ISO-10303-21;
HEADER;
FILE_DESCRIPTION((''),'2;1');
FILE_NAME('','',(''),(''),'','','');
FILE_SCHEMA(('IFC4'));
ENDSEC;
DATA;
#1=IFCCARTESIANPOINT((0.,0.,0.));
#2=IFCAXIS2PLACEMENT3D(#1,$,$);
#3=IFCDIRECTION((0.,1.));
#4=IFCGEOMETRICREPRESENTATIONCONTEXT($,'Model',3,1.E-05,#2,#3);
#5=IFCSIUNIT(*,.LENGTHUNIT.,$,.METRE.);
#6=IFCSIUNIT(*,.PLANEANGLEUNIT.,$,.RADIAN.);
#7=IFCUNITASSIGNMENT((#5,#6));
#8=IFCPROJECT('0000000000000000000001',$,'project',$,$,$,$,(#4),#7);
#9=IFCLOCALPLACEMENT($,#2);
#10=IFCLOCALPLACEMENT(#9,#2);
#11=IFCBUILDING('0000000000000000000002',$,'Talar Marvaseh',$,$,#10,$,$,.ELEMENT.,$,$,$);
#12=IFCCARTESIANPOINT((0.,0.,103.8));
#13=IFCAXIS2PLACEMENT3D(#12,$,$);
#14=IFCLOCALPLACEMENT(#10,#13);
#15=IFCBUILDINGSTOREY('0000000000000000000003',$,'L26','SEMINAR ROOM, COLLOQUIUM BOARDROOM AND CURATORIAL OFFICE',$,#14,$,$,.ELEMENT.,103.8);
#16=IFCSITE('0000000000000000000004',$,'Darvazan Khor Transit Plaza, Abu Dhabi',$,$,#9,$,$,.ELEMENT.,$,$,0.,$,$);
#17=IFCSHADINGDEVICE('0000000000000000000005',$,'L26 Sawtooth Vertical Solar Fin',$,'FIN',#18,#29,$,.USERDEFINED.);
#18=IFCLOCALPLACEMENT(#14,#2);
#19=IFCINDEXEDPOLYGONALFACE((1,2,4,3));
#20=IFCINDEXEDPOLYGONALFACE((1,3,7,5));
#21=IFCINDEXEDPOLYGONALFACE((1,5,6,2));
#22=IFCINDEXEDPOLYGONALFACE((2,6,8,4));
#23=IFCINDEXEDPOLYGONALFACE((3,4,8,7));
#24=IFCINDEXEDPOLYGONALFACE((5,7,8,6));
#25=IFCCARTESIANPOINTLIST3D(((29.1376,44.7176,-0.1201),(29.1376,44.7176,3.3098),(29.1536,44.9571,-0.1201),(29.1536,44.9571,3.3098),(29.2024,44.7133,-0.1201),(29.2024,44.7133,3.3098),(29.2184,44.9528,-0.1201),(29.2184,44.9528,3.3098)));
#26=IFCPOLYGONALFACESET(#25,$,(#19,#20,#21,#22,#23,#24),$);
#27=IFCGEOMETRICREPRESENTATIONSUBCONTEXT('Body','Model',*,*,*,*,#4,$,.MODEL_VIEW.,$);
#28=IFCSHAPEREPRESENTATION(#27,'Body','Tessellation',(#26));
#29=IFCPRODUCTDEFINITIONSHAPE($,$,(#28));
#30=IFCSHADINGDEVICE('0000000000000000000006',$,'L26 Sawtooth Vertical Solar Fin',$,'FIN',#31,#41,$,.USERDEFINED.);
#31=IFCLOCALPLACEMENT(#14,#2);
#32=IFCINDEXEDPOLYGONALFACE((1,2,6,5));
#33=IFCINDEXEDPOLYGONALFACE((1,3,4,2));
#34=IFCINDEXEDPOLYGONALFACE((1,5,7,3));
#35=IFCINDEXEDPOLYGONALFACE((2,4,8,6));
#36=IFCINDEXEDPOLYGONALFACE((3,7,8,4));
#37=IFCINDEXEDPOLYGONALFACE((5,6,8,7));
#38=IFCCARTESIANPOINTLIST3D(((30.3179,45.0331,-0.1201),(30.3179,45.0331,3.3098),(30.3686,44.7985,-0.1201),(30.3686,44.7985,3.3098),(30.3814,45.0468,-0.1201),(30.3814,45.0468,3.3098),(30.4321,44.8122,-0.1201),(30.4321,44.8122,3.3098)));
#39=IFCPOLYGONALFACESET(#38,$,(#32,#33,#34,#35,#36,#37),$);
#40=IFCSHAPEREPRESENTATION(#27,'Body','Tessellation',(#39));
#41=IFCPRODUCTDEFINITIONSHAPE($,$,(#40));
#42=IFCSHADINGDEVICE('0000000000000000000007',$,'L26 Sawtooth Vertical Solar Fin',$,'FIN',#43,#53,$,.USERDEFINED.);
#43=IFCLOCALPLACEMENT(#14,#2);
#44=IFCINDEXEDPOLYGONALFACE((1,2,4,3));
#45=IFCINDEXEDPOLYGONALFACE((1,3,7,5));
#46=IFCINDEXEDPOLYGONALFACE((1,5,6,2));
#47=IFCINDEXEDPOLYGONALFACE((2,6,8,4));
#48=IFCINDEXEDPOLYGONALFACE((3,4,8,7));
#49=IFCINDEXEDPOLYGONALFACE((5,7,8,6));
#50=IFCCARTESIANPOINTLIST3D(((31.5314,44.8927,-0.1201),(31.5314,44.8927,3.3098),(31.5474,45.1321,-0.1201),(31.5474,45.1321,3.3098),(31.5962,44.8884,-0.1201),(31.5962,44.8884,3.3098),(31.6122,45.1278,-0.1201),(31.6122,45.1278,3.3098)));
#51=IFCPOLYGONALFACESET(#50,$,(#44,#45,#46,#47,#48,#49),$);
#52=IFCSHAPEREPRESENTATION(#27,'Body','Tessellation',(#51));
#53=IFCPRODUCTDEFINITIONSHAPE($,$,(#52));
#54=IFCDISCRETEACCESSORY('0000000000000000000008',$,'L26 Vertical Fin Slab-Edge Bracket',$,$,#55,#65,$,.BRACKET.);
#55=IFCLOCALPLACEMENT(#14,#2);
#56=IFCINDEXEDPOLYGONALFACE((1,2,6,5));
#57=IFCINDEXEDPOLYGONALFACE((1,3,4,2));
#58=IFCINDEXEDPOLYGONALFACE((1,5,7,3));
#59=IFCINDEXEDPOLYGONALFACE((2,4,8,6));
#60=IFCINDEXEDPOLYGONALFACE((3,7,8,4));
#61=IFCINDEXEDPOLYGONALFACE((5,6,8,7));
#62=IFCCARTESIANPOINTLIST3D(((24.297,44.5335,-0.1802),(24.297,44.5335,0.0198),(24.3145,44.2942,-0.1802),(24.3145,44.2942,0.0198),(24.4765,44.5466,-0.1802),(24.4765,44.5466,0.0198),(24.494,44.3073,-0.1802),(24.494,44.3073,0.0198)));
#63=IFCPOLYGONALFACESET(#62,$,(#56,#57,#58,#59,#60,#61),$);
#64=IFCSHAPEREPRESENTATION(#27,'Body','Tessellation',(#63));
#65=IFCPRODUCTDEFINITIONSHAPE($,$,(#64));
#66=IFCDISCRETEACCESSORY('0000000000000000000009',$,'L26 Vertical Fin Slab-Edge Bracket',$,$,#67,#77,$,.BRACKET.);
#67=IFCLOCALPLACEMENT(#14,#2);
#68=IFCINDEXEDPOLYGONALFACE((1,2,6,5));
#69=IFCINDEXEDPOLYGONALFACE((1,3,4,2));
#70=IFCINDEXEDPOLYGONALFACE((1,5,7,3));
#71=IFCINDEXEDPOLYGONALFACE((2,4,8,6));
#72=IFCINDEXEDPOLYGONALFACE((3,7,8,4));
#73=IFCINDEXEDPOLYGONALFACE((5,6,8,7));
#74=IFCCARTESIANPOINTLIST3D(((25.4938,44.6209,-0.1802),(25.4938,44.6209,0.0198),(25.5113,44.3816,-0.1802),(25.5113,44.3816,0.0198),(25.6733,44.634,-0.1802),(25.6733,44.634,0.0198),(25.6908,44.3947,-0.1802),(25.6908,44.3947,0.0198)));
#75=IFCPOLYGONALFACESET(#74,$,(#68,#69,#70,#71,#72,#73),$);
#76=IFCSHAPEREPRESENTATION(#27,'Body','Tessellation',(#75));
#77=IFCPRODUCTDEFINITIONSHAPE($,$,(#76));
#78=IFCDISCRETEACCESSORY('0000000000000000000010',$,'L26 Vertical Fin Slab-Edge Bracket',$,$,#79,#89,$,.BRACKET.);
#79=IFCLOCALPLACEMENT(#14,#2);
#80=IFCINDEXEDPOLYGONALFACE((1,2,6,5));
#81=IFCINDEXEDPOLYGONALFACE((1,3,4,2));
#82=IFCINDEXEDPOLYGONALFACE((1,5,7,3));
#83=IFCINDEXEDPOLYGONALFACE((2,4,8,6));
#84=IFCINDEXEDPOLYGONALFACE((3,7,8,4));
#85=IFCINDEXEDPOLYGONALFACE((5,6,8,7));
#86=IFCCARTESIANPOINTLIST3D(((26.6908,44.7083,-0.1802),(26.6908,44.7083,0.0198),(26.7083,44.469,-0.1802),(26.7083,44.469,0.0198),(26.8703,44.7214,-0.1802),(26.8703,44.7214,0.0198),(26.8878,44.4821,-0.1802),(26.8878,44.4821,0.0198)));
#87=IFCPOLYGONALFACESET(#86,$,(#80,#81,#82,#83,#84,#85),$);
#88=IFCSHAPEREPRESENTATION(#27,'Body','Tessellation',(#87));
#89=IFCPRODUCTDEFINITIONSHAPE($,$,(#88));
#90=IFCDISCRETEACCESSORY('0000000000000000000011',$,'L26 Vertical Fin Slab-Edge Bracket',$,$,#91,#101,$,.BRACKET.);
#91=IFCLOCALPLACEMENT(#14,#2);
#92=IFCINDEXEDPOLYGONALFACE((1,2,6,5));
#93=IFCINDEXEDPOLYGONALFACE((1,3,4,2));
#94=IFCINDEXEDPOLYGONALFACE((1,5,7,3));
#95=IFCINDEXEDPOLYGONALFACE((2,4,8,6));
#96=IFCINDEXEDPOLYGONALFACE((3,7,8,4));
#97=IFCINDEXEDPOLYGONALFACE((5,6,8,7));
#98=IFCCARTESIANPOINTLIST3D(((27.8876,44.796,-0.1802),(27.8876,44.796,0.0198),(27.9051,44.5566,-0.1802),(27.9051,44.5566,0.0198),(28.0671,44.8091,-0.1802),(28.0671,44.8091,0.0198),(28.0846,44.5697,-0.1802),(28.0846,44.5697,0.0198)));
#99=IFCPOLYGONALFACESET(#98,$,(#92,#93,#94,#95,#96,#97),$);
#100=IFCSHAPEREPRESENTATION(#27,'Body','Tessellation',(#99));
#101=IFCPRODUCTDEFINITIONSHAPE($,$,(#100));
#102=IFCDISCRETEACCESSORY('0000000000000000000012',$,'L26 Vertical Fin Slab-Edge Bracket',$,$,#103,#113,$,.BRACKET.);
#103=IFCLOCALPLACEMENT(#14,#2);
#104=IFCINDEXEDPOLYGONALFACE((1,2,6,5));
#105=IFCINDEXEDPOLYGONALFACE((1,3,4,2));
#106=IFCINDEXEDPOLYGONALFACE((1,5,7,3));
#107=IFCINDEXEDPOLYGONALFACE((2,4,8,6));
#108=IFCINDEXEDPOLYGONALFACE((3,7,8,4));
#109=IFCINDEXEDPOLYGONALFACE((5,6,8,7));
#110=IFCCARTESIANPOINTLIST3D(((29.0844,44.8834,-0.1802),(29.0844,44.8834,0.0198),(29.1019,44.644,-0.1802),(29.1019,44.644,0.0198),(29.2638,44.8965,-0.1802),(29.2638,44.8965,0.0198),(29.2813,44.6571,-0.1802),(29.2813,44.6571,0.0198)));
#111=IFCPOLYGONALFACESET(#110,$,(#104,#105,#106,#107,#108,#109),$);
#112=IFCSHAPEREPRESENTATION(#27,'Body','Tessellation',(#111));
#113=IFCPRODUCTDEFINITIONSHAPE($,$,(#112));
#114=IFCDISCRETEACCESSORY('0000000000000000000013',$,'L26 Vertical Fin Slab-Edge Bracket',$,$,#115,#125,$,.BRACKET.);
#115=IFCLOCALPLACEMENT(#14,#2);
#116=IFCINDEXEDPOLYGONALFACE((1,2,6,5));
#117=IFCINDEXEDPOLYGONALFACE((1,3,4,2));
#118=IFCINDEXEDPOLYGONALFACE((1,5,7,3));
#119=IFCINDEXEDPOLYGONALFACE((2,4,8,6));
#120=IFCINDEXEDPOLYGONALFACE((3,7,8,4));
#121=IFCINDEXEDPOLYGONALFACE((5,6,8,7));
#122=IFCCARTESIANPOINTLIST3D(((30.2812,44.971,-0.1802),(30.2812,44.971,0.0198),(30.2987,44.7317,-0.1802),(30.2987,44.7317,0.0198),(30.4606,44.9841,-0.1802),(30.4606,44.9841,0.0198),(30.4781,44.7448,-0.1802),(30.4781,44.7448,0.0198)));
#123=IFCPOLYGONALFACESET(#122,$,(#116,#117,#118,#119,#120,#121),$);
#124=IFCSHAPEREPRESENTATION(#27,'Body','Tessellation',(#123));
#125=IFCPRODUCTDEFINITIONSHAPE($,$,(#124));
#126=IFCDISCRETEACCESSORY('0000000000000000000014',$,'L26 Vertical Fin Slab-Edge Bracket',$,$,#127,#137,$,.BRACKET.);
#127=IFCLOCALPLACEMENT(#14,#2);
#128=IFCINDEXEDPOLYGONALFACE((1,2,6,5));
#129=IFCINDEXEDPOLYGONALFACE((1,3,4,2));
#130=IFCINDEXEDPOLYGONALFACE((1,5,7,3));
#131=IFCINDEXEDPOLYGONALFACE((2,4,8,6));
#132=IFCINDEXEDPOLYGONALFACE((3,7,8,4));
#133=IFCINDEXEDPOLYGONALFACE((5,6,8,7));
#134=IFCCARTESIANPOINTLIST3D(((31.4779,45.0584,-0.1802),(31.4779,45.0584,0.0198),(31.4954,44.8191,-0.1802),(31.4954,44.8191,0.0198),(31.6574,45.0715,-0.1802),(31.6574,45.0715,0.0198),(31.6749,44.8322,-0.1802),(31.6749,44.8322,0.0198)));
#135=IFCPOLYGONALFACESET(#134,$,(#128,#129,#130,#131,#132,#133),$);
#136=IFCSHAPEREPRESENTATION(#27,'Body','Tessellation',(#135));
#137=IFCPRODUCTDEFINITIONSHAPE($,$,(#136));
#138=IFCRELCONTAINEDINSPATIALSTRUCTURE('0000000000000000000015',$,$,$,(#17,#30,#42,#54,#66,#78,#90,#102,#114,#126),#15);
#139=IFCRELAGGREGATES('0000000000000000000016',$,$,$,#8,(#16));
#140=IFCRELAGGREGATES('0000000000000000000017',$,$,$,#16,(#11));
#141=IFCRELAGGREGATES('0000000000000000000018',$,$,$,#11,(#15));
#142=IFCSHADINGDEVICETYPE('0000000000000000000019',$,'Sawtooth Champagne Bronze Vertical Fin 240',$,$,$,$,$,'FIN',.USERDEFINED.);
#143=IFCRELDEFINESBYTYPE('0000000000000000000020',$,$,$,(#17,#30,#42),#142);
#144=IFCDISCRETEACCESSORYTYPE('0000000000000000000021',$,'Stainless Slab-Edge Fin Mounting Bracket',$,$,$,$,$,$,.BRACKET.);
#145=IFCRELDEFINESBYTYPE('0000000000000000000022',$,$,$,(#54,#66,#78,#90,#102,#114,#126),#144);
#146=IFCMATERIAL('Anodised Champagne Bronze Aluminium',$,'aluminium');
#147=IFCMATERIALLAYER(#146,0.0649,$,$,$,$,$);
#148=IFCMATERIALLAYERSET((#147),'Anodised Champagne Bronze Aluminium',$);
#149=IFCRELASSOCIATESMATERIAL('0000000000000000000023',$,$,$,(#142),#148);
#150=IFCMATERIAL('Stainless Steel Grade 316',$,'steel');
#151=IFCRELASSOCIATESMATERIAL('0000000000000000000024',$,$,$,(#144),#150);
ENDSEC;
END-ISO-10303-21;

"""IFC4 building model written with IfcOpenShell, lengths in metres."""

from ifc_helpers import new_model, si_unit, direction, frame, origin, origin_2d, place, context, subcontext, project, spatial, rectangle, extrude, source, transform, mapped, material, layer, layer_set, type_object, type_shapes, element, save


model = new_model("IFC4")

# Units and contexts
model_context = context("Model", 3, precision=1e-05, world=origin(), true_north=direction((0.0, 1.0)))
body_context = subcontext(model_context, "Body", "Model", "MODEL_VIEW")
ifc_project = project(units=[si_unit("LENGTHUNIT", "METRE"), si_unit("PLANEANGLEUNIT", "RADIAN")], contexts=[model_context])

# Site, building, storey
site_placement = place(None, origin())
site = spatial("IfcSite", under=ifc_project, at=site_placement, Name="Darvazan Khor Transit Plaza, Abu Dhabi", CompositionType="ELEMENT", RefElevation=0.0)
building_placement = place(site_placement, origin())
building = spatial("IfcBuilding", under=site, at=building_placement, Name="Talar Marvaseh", CompositionType="ELEMENT")
storey_placement = place(building_placement, frame((0.0, 0.0, 103.8)))
storey = spatial("IfcBuildingStorey", under=building, at=storey_placement, Name="L26", Description="SEMINAR ROOM, COLLOQUIUM BOARDROOM AND CURATORIAL OFFICE", CompositionType="ELEMENT", Elevation=103.8)

# Shading devices
ifc_material_1 = material(Name="Anodised Champagne Bronze Aluminium", Category="aluminium")
ifc_layer_1 = layer(ifc_material_1, 0.0649)
ifc_layer_set_1 = layer_set([ifc_layer_1], Name="Anodised Champagne Bronze Aluminium")
shading_device_type = type_object("IfcShadingDeviceType", Name="Sawtooth Champagne Bronze Vertical Fin 240", ElementType="FIN", PredefinedType="USERDEFINED", material=ifc_layer_set_1)
shared_shape_1 = source(origin(), body_context, "Body", "SweptSolid", [
    extrude(rectangle(XDim=0.24, YDim=0.0649, at=origin_2d()), origin(), (0.0, 0.0, 1.0), 3.4299),
])
type_shapes(shading_device_type, [shared_shape_1])
for number, where, z_axis, x_axis, name in (
    (1, (29.178, 44.8352, -0.1201), (0.0, 0.0, 1.0), (0.066622, 0.997778, 0.0), "L26 Sawtooth Vertical Solar Fin"),
    (2, (30.375, 44.9226, -0.1201), (0.0, 0.0, 1.0), (-0.210984, 0.97749, 0.0), "L26 Sawtooth Vertical Solar Fin"),
    (3, (31.5718, 45.0103, -0.1201), (0.0, 0.0, 1.0), (0.066622, 0.997778, 0.0), "L26 Sawtooth Vertical Solar Fin"),
):
    element("IfcShadingDevice", number, at=place(storey_placement, frame(where, z_axis=z_axis, x_axis=x_axis)), inside=storey, type_object=shading_device_type, Name=name, ObjectType="FIN", PredefinedType="USERDEFINED", context=body_context, shape_type="MappedRepresentation", body=[
        mapped(shared_shape_1, transform((0.0, 0.0, 0.0), x_axis=(1.0, 0.0, 0.0), y_axis=(0.0, 1.0, 0.0), z_axis=(0.0, 0.0, 1.0), scale=1.0)),
    ])

# Discrete accessories
ifc_material_2 = material(Name="Stainless Steel Grade 316", Category="steel")
discrete_accessory_type = type_object("IfcDiscreteAccessoryType", Name="Stainless Slab-Edge Fin Mounting Bracket", PredefinedType="BRACKET", material=ifc_material_2)
shared_shape_2 = source(origin(), body_context, "Body", "SweptSolid", [
    extrude(rectangle(XDim=0.24, YDim=0.1799, at=origin_2d()), origin(), (0.0, 0.0, 1.0), 0.2),
])
type_shapes(discrete_accessory_type, [shared_shape_2])
for number, where, z_axis, x_axis, name in (
    (4, (24.3955, 44.4204, -0.1802), (0.0, 0.0, 1.0), (-0.07289, 0.99734, 0.0), "L26 Vertical Fin Slab-Edge Bracket"),
    (5, (25.5923, 44.5078, -0.1802), (0.0, 0.0, 1.0), (-0.07289, 0.99734, 0.0), "L26 Vertical Fin Slab-Edge Bracket"),
    (6, (26.7893, 44.5952, -0.1802), (0.0, 0.0, 1.0), (-0.07289, 0.99734, 0.0), "L26 Vertical Fin Slab-Edge Bracket"),
    (7, (27.9861, 44.6829, -0.1802), (0.0, 0.0, 1.0), (-0.07289, 0.99734, 0.0), "L26 Vertical Fin Slab-Edge Bracket"),
    (8, (29.1829, 44.7703, -0.1802), (0.0, 0.0, 1.0), (-0.07289, 0.99734, 0.0), "L26 Vertical Fin Slab-Edge Bracket"),
    (9, (30.3796, 44.8579, -0.1802), (0.0, 0.0, 1.0), (-0.07289, 0.99734, 0.0), "L26 Vertical Fin Slab-Edge Bracket"),
    (10, (31.5764, 44.9453, -0.1802), (0.0, 0.0, 1.0), (-0.07289, 0.99734, 0.0), "L26 Vertical Fin Slab-Edge Bracket"),
):
    element("IfcDiscreteAccessory", number, at=place(storey_placement, frame(where, z_axis=z_axis, x_axis=x_axis)), inside=storey, type_object=discrete_accessory_type, Name=name, PredefinedType="BRACKET", context=body_context, shape_type="MappedRepresentation", body=[
        mapped(shared_shape_2, transform((0.0, 0.0, 0.0), x_axis=(1.0, 0.0, 0.0), y_axis=(0.0, 1.0, 0.0), z_axis=(0.0, 0.0, 1.0), scale=1.0)),
    ])

save(model, "model.ifc")
